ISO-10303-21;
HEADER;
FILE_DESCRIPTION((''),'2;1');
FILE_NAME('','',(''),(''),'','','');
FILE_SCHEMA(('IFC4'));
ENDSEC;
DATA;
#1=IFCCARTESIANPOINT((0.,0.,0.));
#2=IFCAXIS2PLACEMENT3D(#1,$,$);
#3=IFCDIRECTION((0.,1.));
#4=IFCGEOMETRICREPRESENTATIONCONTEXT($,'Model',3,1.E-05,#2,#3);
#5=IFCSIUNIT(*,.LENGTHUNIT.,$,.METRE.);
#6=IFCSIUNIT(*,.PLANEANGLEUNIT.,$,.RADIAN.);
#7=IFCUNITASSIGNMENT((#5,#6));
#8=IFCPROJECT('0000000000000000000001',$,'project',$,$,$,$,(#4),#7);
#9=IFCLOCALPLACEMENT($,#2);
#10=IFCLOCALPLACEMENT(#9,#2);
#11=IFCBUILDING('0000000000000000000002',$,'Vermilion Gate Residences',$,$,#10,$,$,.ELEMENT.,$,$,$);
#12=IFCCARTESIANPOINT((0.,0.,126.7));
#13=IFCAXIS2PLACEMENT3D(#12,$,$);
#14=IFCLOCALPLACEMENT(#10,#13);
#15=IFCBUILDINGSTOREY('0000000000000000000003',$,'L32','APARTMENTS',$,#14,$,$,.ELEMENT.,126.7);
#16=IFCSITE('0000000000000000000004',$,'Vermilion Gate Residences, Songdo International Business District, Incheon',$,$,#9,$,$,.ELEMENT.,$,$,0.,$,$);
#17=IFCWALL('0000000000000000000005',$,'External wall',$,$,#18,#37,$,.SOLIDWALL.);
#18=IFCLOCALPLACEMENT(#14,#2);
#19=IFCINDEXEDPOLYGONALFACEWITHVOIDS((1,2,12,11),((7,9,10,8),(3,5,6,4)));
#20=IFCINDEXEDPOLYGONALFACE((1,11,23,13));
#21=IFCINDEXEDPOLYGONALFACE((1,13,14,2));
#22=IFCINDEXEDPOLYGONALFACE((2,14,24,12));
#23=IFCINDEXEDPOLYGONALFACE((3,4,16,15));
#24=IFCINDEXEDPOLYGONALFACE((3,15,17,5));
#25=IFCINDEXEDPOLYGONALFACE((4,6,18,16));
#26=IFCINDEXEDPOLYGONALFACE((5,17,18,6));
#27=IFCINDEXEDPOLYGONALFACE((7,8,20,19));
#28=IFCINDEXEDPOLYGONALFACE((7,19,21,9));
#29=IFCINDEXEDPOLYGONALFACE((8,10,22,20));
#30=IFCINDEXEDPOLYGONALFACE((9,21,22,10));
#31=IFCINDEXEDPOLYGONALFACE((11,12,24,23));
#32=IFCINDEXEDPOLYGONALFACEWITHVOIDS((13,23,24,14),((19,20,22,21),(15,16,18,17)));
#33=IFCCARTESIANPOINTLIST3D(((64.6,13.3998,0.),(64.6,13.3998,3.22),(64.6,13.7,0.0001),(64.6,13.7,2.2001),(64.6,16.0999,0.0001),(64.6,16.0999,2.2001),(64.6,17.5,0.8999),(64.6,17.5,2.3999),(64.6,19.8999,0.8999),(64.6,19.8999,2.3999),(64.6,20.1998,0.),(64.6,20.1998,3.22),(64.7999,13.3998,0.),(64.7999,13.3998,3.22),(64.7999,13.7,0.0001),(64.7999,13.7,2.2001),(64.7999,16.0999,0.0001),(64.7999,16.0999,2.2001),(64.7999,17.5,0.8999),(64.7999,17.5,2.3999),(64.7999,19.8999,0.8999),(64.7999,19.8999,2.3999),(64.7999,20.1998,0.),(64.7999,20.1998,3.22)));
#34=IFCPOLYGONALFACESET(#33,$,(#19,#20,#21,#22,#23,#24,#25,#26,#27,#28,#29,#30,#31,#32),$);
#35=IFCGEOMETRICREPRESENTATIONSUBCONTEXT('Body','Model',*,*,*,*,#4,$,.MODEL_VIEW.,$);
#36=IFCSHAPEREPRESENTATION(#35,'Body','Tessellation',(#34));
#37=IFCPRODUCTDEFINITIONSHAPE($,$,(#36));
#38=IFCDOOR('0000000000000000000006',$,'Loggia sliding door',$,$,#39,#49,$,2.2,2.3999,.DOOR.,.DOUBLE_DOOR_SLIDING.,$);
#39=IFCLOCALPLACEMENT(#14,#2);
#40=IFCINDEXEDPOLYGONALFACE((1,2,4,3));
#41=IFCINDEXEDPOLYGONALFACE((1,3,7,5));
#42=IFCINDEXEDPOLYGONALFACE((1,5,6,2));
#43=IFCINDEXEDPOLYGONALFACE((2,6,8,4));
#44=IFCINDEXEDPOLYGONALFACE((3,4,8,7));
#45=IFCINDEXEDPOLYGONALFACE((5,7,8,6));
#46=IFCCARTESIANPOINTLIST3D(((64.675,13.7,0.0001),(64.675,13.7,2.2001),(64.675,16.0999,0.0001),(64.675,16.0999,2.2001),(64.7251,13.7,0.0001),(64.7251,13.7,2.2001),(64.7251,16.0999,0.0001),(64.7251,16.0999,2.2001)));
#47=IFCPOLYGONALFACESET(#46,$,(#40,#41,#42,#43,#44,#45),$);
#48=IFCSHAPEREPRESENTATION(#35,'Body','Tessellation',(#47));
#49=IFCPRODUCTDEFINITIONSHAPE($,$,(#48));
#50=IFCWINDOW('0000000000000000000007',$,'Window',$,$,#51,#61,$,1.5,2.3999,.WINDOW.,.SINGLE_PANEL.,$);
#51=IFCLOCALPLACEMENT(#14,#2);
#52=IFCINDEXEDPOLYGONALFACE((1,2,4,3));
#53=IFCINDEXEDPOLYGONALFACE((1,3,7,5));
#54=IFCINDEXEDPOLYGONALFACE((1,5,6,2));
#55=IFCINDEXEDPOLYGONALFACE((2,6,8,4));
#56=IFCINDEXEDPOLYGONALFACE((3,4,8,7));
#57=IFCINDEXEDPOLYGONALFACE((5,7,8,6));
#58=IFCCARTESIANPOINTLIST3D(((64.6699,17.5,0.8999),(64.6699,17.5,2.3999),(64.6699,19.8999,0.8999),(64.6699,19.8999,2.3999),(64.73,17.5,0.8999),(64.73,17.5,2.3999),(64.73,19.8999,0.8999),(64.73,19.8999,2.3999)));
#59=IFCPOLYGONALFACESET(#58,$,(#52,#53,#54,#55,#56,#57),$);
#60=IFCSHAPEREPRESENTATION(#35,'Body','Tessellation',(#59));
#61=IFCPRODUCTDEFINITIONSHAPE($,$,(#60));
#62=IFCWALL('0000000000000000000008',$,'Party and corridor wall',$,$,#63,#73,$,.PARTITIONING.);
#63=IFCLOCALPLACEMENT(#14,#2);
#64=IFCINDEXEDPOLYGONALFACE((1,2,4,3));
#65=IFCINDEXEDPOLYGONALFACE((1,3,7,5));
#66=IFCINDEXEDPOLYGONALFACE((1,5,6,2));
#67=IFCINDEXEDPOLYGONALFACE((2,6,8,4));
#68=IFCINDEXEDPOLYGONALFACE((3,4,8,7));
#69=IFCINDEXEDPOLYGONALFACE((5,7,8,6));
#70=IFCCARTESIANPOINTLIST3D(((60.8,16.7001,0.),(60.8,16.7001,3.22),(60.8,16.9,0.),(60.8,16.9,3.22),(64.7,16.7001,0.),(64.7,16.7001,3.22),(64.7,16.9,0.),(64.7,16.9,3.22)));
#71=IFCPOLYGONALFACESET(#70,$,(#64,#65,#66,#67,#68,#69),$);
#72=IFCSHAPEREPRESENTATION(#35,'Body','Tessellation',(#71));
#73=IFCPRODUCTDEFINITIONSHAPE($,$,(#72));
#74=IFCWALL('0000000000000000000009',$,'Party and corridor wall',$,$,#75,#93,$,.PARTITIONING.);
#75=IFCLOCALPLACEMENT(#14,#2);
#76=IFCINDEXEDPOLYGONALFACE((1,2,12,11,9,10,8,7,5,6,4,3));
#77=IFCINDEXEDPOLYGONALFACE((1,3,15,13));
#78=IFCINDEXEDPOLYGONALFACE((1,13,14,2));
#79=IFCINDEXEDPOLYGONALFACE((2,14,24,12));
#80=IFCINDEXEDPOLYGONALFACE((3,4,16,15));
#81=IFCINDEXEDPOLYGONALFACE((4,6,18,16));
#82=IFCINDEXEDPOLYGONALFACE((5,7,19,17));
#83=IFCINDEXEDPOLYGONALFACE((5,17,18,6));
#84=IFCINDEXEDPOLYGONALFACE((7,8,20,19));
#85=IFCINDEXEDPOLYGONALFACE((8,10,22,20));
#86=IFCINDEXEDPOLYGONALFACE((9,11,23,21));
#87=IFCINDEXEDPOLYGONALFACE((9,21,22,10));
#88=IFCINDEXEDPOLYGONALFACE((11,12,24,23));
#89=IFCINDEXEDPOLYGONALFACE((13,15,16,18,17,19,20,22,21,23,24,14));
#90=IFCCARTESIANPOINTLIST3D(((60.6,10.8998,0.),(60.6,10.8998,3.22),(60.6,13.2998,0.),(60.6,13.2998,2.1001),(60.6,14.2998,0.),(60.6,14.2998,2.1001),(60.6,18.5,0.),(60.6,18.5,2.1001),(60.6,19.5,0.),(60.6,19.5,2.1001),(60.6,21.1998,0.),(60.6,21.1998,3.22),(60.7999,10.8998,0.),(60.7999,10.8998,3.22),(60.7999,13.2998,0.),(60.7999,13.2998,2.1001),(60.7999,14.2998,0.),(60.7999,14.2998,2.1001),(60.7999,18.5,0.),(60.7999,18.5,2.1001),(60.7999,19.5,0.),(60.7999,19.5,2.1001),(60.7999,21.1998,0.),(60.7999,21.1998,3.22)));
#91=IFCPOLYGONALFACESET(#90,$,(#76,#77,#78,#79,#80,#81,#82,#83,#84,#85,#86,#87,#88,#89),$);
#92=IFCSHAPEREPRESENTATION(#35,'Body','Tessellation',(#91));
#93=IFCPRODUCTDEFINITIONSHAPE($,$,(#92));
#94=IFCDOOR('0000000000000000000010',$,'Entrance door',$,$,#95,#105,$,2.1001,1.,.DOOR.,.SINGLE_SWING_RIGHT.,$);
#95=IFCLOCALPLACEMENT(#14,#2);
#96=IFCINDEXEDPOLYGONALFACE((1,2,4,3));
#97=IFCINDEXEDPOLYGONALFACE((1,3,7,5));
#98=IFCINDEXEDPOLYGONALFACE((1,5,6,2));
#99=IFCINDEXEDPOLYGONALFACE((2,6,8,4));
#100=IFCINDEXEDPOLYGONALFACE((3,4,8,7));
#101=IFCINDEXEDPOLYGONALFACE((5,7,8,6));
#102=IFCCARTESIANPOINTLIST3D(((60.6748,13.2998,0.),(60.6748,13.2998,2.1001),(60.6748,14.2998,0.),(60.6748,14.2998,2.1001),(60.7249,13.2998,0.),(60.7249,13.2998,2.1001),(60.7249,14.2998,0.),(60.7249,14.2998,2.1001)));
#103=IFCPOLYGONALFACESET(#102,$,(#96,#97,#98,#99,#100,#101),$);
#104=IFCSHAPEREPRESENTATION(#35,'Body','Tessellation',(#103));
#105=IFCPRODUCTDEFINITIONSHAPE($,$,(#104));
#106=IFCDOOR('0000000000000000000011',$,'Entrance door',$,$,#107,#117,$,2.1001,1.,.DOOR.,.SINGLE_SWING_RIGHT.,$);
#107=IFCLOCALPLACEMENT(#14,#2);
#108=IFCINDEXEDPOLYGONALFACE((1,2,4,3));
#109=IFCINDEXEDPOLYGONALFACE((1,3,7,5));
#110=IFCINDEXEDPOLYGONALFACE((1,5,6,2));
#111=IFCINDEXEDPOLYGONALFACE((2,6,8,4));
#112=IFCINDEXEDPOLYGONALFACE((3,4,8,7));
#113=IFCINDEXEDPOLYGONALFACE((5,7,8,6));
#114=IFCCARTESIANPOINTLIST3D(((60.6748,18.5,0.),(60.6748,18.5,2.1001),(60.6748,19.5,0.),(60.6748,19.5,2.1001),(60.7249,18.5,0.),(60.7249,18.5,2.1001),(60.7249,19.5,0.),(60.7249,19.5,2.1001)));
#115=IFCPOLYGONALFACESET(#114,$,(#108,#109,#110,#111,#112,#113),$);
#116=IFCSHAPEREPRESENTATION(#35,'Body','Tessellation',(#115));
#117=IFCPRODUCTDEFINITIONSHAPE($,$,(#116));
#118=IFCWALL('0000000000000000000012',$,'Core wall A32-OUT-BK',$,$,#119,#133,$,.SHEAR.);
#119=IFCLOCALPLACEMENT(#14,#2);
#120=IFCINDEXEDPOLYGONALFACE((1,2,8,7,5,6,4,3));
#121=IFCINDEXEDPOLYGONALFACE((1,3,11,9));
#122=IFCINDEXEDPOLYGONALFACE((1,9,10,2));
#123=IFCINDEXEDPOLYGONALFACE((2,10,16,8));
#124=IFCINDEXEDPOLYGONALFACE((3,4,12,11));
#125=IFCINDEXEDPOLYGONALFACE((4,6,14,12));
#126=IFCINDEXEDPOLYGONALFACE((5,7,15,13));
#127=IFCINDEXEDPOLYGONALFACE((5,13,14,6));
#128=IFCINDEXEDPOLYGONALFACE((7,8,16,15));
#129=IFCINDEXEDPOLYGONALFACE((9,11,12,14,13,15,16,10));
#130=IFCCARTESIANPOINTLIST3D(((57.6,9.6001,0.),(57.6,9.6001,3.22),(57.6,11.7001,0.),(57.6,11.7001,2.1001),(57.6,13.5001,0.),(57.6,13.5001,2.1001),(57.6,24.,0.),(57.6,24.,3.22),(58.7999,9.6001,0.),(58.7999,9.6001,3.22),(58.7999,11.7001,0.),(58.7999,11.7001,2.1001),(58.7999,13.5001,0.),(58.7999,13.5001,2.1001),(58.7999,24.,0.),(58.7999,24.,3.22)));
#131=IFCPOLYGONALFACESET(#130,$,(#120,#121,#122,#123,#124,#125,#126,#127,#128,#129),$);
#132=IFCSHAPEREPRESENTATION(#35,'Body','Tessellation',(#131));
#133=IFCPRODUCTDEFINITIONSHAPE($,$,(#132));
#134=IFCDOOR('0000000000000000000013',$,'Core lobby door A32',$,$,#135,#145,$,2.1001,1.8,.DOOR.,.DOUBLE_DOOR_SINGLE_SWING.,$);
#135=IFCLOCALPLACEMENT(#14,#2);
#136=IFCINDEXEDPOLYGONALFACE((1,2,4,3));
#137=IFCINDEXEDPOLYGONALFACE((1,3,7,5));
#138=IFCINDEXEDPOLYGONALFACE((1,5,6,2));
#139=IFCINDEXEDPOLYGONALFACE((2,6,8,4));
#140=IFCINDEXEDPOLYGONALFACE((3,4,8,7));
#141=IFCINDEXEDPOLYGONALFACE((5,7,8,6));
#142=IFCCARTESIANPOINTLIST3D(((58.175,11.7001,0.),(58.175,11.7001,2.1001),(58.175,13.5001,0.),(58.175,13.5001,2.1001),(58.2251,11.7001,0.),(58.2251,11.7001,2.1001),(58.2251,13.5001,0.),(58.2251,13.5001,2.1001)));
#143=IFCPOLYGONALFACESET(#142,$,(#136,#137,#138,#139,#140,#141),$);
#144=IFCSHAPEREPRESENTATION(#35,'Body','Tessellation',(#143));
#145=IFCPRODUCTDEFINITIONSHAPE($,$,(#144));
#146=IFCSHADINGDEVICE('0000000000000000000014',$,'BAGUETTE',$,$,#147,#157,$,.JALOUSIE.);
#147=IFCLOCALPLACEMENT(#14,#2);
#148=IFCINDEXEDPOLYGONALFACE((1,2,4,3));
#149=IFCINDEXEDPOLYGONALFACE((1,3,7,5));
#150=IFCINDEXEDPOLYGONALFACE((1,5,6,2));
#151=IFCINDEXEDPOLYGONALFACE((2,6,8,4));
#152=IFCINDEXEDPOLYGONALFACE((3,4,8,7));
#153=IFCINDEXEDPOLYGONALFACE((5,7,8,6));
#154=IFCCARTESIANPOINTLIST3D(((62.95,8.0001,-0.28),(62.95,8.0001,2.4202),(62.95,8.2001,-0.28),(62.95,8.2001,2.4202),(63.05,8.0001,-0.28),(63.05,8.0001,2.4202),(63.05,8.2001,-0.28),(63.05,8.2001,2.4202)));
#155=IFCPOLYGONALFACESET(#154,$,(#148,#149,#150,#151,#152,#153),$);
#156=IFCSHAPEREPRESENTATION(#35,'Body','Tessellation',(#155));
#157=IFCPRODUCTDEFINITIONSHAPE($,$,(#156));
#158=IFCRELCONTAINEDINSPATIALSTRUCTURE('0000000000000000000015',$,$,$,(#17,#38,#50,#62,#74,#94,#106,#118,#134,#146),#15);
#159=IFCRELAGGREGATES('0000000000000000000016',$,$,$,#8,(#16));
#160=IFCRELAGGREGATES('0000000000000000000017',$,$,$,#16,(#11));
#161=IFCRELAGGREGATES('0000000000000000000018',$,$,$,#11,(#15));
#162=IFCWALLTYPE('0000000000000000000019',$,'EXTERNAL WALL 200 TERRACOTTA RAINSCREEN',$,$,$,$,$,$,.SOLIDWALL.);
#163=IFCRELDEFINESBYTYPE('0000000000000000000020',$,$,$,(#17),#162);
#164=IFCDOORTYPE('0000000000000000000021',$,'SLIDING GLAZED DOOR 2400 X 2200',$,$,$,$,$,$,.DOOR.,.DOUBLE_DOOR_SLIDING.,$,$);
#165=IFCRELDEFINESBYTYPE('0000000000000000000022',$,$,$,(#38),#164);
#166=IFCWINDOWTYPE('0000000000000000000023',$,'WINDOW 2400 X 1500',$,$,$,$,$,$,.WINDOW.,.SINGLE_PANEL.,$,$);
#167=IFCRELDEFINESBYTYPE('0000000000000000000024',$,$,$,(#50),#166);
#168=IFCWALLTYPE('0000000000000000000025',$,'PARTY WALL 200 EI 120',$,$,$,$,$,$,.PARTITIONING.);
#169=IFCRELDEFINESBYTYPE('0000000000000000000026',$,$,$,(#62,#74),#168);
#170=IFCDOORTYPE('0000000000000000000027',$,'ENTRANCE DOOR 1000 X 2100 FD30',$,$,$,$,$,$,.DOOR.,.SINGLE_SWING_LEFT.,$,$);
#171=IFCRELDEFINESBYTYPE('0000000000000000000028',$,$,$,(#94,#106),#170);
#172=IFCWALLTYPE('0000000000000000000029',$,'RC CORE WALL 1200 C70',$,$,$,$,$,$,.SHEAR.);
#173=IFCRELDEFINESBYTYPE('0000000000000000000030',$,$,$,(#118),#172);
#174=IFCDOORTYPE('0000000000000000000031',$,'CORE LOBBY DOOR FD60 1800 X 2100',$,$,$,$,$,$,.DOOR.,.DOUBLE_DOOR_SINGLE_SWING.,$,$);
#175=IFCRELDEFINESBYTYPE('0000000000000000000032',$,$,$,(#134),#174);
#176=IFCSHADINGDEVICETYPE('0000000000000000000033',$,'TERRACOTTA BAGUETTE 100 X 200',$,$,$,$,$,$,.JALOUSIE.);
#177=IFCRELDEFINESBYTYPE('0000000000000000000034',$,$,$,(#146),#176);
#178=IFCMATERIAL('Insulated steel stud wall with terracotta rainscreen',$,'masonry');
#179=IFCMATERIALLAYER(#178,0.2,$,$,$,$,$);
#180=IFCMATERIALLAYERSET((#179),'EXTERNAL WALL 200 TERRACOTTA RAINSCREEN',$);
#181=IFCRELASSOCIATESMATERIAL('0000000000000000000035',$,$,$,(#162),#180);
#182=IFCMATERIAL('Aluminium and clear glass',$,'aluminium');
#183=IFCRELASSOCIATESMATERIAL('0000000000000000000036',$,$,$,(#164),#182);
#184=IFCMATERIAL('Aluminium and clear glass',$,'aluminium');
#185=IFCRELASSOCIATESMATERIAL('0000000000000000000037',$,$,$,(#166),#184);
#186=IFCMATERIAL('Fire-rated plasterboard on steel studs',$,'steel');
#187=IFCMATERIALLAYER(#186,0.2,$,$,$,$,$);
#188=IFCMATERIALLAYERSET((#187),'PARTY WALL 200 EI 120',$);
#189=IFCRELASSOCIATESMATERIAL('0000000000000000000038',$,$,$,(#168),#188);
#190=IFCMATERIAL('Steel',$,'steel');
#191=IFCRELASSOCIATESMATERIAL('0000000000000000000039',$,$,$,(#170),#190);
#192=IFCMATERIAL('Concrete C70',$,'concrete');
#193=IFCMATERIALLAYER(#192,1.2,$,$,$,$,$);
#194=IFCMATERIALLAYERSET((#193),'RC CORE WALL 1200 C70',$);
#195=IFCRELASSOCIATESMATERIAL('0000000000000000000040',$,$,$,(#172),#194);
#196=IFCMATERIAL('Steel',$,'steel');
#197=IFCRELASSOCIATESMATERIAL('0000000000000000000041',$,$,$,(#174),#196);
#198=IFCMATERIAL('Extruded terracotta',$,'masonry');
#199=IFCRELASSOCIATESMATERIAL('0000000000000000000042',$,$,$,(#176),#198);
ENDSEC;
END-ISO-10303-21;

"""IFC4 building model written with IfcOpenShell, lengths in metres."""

from ifc_helpers import new_model, si_unit, direction, frame, frame_2d, origin, origin_2d, place, context, subcontext, project, spatial, rectangle, extrude, material, layer, layer_set, material_profile, profile_set, type_object, element, fill, save


model = new_model("IFC4")

# Units and contexts
model_context = context("Model", 3, precision=1e-05, world=origin(), true_north=direction((0.0, 1.0)))
body_context = subcontext(model_context, "Body", "Model", "MODEL_VIEW")
ifc_project = project(units=[si_unit("LENGTHUNIT", "METRE"), si_unit("PLANEANGLEUNIT", "RADIAN")], contexts=[model_context])

# Site, building, storey
site_placement = place(None, origin())
site = spatial("IfcSite", under=ifc_project, at=site_placement, Name="Vermilion Gate Residences, Songdo International Business District, Incheon", CompositionType="ELEMENT", RefElevation=0.0)
building_placement = place(site_placement, origin())
building = spatial("IfcBuilding", under=site, at=building_placement, Name="Vermilion Gate Residences", CompositionType="ELEMENT")
storey_placement = place(building_placement, frame((0.0, 0.0, 126.7)))
storey = spatial("IfcBuildingStorey", under=building, at=storey_placement, Name="L32", Description="APARTMENTS", CompositionType="ELEMENT", Elevation=126.7)

# Shared definitions
ifc_material_1 = material(Name="Insulated steel stud wall with terracotta rainscreen", Category="masonry")
ifc_layer_1 = layer(ifc_material_1, 0.2)
ifc_layer_set_1 = layer_set([ifc_layer_1], Name="EXTERNAL WALL 200 TERRACOTTA RAINSCREEN")
wall_type_1 = type_object("IfcWallType", Name="EXTERNAL WALL 200 TERRACOTTA RAINSCREEN", PredefinedType="SOLIDWALL", material=ifc_layer_set_1)

# Wall, openings, door, window
wall_1_placement = place(storey_placement, frame((64.7, 13.3999, 0.0), z_axis=(0.0, 0.0, 1.0), x_axis=(0.0, 1.0, 0.0)))
wall_1 = element("IfcWall", 1, at=wall_1_placement, inside=storey, type_object=wall_type_1, Name="External wall", PredefinedType="SOLIDWALL", context=body_context, shape_type="SweptSolid", body=[
    extrude(rectangle(XDim=6.8, YDim=0.2, at=frame_2d((3.3999, 0.0))), origin(), (0.0, 0.0, 1.0), 3.22),
])
opening_1_placement = place(wall_1_placement, frame((4.1001, 0.0, 0.8999)))
opening_1 = element("IfcOpeningElement", 2, at=opening_1_placement, cuts=wall_1, PredefinedType="OPENING", context=body_context, shape_type="SweptSolid", body=[
    extrude(rectangle(XDim=2.3999, YDim=1.5, at=frame_2d((1.2, 0.75))), frame((0.0, 0.1099, 0.0), z_axis=(0.0, -1.0, 0.0), x_axis=(1.0, 0.0, 0.0)), (0.0, 0.0, 1.0), 0.22),
])
opening_2_placement = place(wall_1_placement, frame((0.3, 0.0, 0.0)))
opening_2 = element("IfcOpeningElement", 3, at=opening_2_placement, cuts=wall_1, PredefinedType="OPENING", context=body_context, shape_type="SweptSolid", body=[
    extrude(rectangle(XDim=2.3999, YDim=2.2, at=frame_2d((1.2, 1.1001))), frame((0.0, 0.1099, 0.0), z_axis=(0.0, -1.0, 0.0), x_axis=(1.0, 0.0, 0.0)), (0.0, 0.0, 1.0), 0.22),
])
ifc_material_2 = material(Name="Aluminium and clear glass", Category="aluminium")
door_type_1 = type_object("IfcDoorType", Name="SLIDING GLAZED DOOR 2400 X 2200", OperationType="DOUBLE_DOOR_SLIDING", PredefinedType="DOOR", material=ifc_material_2)
door_1_placement = place(opening_2_placement, origin())
door_1 = element("IfcDoor", 4, at=door_1_placement, inside=storey, type_object=door_type_1, Name="Loggia sliding door", OperationType="DOUBLE_DOOR_SLIDING", OverallHeight=2.2, OverallWidth=2.3999, PredefinedType="DOOR", context=body_context, shape_type="SweptSolid", body=[
    extrude(rectangle(XDim=2.3999, YDim=2.2, at=frame_2d((1.2, 1.1001))), frame((0.0, 0.0249, 0.0), z_axis=(0.0, -1.0, 0.0), x_axis=(1.0, 0.0, 0.0)), (0.0, 0.0, 1.0), 0.05),
])
fill(opening_2, door_1)
ifc_material_3 = material(Name="Aluminium and clear glass", Category="aluminium")
window_type_1 = type_object("IfcWindowType", Name="WINDOW 2400 X 1500", PartitioningType="SINGLE_PANEL", PredefinedType="WINDOW", material=ifc_material_3)
window_1_placement = place(opening_1_placement, origin())
window_1 = element("IfcWindow", 5, at=window_1_placement, inside=storey, type_object=window_type_1, Name="Window", OverallHeight=1.5, OverallWidth=2.3999, PartitioningType="SINGLE_PANEL", PredefinedType="WINDOW", context=body_context, shape_type="SweptSolid", body=[
    extrude(rectangle(XDim=2.3999, YDim=1.5, at=frame_2d((1.2, 0.75))), frame((0.0, 0.03, 0.0), z_axis=(0.0, -1.0, 0.0), x_axis=(1.0, 0.0, 0.0)), (0.0, 0.0, 1.0), 0.0601),
])
fill(opening_1, window_1)

# Wall
ifc_material_4 = material(Name="Fire-rated plasterboard on steel studs", Category="steel")
ifc_layer_2 = layer(ifc_material_4, 0.2)
ifc_layer_set_2 = layer_set([ifc_layer_2], Name="PARTY WALL 200 EI 120")
wall_type_2 = type_object("IfcWallType", Name="PARTY WALL 200 EI 120", PredefinedType="PARTITIONING", material=ifc_layer_set_2)
wall_2_placement = place(storey_placement, frame((60.8, 16.8, 0.0), z_axis=(0.0, 0.0, 1.0), x_axis=(1.0, 0.0, 0.0)))
element("IfcWall", 6, at=wall_2_placement, inside=storey, type_object=wall_type_2, Name="Party and corridor wall", PredefinedType="PARTITIONING", context=body_context, shape_type="SweptSolid", body=[
    extrude(rectangle(XDim=3.8999, YDim=0.2, at=frame_2d((1.95, 0.0))), origin(), (0.0, 0.0, 1.0), 3.22),
])

# Wall, openings, doors
wall_3_placement = place(storey_placement, frame((60.7, 10.8999, 0.0), z_axis=(0.0, 0.0, 1.0), x_axis=(0.0, 1.0, 0.0)))
wall_3 = element("IfcWall", 7, at=wall_3_placement, inside=storey, type_object=wall_type_2, Name="Party and corridor wall", PredefinedType="PARTITIONING", context=body_context, shape_type="SweptSolid", body=[
    extrude(rectangle(XDim=10.3, YDim=0.2, at=frame_2d((5.1499, 0.0))), origin(), (0.0, 0.0, 1.0), 3.22),
])
opening_3_placement = place(wall_3_placement, frame((2.3999, 0.0, 0.0)))
opening_3 = element("IfcOpeningElement", 8, at=opening_3_placement, cuts=wall_3, PredefinedType="OPENING", context=body_context, shape_type="SweptSolid", body=[
    extrude(rectangle(XDim=1.0, YDim=2.1001, at=frame_2d((0.5, 1.05))), frame((0.0, 0.1099, 0.0), z_axis=(0.0, -1.0, 0.0), x_axis=(1.0, 0.0, 0.0)), (0.0, 0.0, 1.0), 0.22),
])
opening_4_placement = place(wall_3_placement, frame((7.6001, 0.0, 0.0)))
opening_4 = element("IfcOpeningElement", 9, at=opening_4_placement, cuts=wall_3, PredefinedType="OPENING", context=body_context, shape_type="SweptSolid", body=[
    extrude(rectangle(XDim=1.0, YDim=2.1001, at=frame_2d((0.5, 1.05))), frame((0.0, 0.1099, 0.0), z_axis=(0.0, -1.0, 0.0), x_axis=(1.0, 0.0, 0.0)), (0.0, 0.0, 1.0), 0.22),
])
ifc_material_5 = material(Name="Steel", Category="steel")
door_type_2 = type_object("IfcDoorType", Name="ENTRANCE DOOR 1000 X 2100 FD30", OperationType="SINGLE_SWING_LEFT", PredefinedType="DOOR", material=ifc_material_5)
door_2_placement = place(opening_3_placement, frame((1.0, 0.0, 0.0), z_axis=(0.0, 0.0, 1.0), x_axis=(-1.0, 0.0, 0.0)))
door_2 = element("IfcDoor", 10, at=door_2_placement, inside=storey, type_object=door_type_2, Name="Entrance door", OperationType="SINGLE_SWING_RIGHT", OverallHeight=2.1001, OverallWidth=1.0, PredefinedType="DOOR", context=body_context, shape_type="SweptSolid", body=[
    extrude(rectangle(XDim=1.0, YDim=2.1001, at=frame_2d((0.5, 1.05))), frame((0.0, 0.0249, 0.0), z_axis=(0.0, -1.0, 0.0), x_axis=(1.0, 0.0, 0.0)), (0.0, 0.0, 1.0), 0.05),
])
fill(opening_3, door_2)
door_3_placement = place(opening_4_placement, frame((1.0, 0.0, 0.0), z_axis=(0.0, 0.0, 1.0), x_axis=(-1.0, 0.0, 0.0)))
door_3 = element("IfcDoor", 11, at=door_3_placement, inside=storey, type_object=door_type_2, Name="Entrance door", OperationType="SINGLE_SWING_RIGHT", OverallHeight=2.1001, OverallWidth=1.0, PredefinedType="DOOR", context=body_context, shape_type="SweptSolid", body=[
    extrude(rectangle(XDim=1.0, YDim=2.1001, at=frame_2d((0.5, 1.05))), frame((0.0, 0.0249, 0.0), z_axis=(0.0, -1.0, 0.0), x_axis=(1.0, 0.0, 0.0)), (0.0, 0.0, 1.0), 0.05),
])
fill(opening_4, door_3)

# Wall, opening, door
ifc_material_6 = material(Name="Concrete C70", Category="concrete")
ifc_layer_3 = layer(ifc_material_6, 1.2)
ifc_layer_set_3 = layer_set([ifc_layer_3], Name="RC CORE WALL 1200 C70")
wall_type_3 = type_object("IfcWallType", Name="RC CORE WALL 1200 C70", PredefinedType="SHEAR", material=ifc_layer_set_3)
wall_4_placement = place(storey_placement, frame((58.2, 9.6001, 0.0), z_axis=(0.0, 0.0, 1.0), x_axis=(0.0, 1.0, 0.0)))
wall_4 = element("IfcWall", 12, at=wall_4_placement, inside=storey, type_object=wall_type_3, Name="Core wall A32-OUT-BK", PredefinedType="SHEAR", context=body_context, shape_type="SweptSolid", body=[
    extrude(rectangle(XDim=14.3999, YDim=1.2, at=frame_2d((7.2, 0.0))), origin(), (0.0, 0.0, 1.0), 3.22),
])
opening_5_placement = place(wall_4_placement, frame((2.1001, 0.0, 0.0)))
opening_5 = element("IfcOpeningElement", 13, at=opening_5_placement, cuts=wall_4, PredefinedType="OPENING", context=body_context, shape_type="SweptSolid", body=[
    extrude(rectangle(XDim=1.8, YDim=2.1001, at=frame_2d((0.8999, 1.05))), frame((0.0, 0.6099, 0.0), z_axis=(0.0, -1.0, 0.0), x_axis=(1.0, 0.0, 0.0)), (0.0, 0.0, 1.0), 1.22),
])
ifc_material_7 = material(Name="Steel", Category="steel")
door_type_3 = type_object("IfcDoorType", Name="CORE LOBBY DOOR FD60 1800 X 2100", OperationType="DOUBLE_DOOR_SINGLE_SWING", PredefinedType="DOOR", material=ifc_material_7)
door_4_placement = place(opening_5_placement, origin())
door_4 = element("IfcDoor", 14, at=door_4_placement, inside=storey, type_object=door_type_3, Name="Core lobby door A32", OperationType="DOUBLE_DOOR_SINGLE_SWING", OverallHeight=2.1001, OverallWidth=1.8, PredefinedType="DOOR", context=body_context, shape_type="SweptSolid", body=[
    extrude(rectangle(XDim=1.8, YDim=2.1001, at=frame_2d((0.8999, 1.05))), frame((0.0, 0.0249, 0.0), z_axis=(0.0, -1.0, 0.0), x_axis=(1.0, 0.0, 0.0)), (0.0, 0.0, 1.0), 0.05),
])
fill(opening_5, door_4)

# Shading device
ifc_material_8 = material(Name="Extruded terracotta", Category="masonry")
ifc_material_profile_1 = material_profile(ifc_material_8, rectangle(XDim=0.2, YDim=0.1001, at=origin_2d()), Name="BAGUETTE 100 X 200")
ifc_profile_set_1 = profile_set([ifc_material_profile_1], Name="Extruded terracotta")
shading_device_type_1 = type_object("IfcShadingDeviceType", Name="TERRACOTTA BAGUETTE 100 X 200", PredefinedType="JALOUSIE", material=ifc_profile_set_1)
for number, where, z_axis, x_axis, name in (
    (15, (63.0, 8.1001, -0.28), (0.0, 0.0, 1.0), (0.0, 1.0, 0.0), "BAGUETTE"),
):
    element("IfcShadingDevice", number, at=place(storey_placement, frame(where, z_axis=z_axis, x_axis=x_axis)), inside=storey, type_object=shading_device_type_1, Name=name, PredefinedType="JALOUSIE", context=body_context, shape_type="SweptSolid", body=[
        extrude(rectangle(XDim=0.2, YDim=0.1001, at=origin_2d()), origin(), (0.0, 0.0, 1.0), 2.7002),
    ])

save(model, "model.ifc")
